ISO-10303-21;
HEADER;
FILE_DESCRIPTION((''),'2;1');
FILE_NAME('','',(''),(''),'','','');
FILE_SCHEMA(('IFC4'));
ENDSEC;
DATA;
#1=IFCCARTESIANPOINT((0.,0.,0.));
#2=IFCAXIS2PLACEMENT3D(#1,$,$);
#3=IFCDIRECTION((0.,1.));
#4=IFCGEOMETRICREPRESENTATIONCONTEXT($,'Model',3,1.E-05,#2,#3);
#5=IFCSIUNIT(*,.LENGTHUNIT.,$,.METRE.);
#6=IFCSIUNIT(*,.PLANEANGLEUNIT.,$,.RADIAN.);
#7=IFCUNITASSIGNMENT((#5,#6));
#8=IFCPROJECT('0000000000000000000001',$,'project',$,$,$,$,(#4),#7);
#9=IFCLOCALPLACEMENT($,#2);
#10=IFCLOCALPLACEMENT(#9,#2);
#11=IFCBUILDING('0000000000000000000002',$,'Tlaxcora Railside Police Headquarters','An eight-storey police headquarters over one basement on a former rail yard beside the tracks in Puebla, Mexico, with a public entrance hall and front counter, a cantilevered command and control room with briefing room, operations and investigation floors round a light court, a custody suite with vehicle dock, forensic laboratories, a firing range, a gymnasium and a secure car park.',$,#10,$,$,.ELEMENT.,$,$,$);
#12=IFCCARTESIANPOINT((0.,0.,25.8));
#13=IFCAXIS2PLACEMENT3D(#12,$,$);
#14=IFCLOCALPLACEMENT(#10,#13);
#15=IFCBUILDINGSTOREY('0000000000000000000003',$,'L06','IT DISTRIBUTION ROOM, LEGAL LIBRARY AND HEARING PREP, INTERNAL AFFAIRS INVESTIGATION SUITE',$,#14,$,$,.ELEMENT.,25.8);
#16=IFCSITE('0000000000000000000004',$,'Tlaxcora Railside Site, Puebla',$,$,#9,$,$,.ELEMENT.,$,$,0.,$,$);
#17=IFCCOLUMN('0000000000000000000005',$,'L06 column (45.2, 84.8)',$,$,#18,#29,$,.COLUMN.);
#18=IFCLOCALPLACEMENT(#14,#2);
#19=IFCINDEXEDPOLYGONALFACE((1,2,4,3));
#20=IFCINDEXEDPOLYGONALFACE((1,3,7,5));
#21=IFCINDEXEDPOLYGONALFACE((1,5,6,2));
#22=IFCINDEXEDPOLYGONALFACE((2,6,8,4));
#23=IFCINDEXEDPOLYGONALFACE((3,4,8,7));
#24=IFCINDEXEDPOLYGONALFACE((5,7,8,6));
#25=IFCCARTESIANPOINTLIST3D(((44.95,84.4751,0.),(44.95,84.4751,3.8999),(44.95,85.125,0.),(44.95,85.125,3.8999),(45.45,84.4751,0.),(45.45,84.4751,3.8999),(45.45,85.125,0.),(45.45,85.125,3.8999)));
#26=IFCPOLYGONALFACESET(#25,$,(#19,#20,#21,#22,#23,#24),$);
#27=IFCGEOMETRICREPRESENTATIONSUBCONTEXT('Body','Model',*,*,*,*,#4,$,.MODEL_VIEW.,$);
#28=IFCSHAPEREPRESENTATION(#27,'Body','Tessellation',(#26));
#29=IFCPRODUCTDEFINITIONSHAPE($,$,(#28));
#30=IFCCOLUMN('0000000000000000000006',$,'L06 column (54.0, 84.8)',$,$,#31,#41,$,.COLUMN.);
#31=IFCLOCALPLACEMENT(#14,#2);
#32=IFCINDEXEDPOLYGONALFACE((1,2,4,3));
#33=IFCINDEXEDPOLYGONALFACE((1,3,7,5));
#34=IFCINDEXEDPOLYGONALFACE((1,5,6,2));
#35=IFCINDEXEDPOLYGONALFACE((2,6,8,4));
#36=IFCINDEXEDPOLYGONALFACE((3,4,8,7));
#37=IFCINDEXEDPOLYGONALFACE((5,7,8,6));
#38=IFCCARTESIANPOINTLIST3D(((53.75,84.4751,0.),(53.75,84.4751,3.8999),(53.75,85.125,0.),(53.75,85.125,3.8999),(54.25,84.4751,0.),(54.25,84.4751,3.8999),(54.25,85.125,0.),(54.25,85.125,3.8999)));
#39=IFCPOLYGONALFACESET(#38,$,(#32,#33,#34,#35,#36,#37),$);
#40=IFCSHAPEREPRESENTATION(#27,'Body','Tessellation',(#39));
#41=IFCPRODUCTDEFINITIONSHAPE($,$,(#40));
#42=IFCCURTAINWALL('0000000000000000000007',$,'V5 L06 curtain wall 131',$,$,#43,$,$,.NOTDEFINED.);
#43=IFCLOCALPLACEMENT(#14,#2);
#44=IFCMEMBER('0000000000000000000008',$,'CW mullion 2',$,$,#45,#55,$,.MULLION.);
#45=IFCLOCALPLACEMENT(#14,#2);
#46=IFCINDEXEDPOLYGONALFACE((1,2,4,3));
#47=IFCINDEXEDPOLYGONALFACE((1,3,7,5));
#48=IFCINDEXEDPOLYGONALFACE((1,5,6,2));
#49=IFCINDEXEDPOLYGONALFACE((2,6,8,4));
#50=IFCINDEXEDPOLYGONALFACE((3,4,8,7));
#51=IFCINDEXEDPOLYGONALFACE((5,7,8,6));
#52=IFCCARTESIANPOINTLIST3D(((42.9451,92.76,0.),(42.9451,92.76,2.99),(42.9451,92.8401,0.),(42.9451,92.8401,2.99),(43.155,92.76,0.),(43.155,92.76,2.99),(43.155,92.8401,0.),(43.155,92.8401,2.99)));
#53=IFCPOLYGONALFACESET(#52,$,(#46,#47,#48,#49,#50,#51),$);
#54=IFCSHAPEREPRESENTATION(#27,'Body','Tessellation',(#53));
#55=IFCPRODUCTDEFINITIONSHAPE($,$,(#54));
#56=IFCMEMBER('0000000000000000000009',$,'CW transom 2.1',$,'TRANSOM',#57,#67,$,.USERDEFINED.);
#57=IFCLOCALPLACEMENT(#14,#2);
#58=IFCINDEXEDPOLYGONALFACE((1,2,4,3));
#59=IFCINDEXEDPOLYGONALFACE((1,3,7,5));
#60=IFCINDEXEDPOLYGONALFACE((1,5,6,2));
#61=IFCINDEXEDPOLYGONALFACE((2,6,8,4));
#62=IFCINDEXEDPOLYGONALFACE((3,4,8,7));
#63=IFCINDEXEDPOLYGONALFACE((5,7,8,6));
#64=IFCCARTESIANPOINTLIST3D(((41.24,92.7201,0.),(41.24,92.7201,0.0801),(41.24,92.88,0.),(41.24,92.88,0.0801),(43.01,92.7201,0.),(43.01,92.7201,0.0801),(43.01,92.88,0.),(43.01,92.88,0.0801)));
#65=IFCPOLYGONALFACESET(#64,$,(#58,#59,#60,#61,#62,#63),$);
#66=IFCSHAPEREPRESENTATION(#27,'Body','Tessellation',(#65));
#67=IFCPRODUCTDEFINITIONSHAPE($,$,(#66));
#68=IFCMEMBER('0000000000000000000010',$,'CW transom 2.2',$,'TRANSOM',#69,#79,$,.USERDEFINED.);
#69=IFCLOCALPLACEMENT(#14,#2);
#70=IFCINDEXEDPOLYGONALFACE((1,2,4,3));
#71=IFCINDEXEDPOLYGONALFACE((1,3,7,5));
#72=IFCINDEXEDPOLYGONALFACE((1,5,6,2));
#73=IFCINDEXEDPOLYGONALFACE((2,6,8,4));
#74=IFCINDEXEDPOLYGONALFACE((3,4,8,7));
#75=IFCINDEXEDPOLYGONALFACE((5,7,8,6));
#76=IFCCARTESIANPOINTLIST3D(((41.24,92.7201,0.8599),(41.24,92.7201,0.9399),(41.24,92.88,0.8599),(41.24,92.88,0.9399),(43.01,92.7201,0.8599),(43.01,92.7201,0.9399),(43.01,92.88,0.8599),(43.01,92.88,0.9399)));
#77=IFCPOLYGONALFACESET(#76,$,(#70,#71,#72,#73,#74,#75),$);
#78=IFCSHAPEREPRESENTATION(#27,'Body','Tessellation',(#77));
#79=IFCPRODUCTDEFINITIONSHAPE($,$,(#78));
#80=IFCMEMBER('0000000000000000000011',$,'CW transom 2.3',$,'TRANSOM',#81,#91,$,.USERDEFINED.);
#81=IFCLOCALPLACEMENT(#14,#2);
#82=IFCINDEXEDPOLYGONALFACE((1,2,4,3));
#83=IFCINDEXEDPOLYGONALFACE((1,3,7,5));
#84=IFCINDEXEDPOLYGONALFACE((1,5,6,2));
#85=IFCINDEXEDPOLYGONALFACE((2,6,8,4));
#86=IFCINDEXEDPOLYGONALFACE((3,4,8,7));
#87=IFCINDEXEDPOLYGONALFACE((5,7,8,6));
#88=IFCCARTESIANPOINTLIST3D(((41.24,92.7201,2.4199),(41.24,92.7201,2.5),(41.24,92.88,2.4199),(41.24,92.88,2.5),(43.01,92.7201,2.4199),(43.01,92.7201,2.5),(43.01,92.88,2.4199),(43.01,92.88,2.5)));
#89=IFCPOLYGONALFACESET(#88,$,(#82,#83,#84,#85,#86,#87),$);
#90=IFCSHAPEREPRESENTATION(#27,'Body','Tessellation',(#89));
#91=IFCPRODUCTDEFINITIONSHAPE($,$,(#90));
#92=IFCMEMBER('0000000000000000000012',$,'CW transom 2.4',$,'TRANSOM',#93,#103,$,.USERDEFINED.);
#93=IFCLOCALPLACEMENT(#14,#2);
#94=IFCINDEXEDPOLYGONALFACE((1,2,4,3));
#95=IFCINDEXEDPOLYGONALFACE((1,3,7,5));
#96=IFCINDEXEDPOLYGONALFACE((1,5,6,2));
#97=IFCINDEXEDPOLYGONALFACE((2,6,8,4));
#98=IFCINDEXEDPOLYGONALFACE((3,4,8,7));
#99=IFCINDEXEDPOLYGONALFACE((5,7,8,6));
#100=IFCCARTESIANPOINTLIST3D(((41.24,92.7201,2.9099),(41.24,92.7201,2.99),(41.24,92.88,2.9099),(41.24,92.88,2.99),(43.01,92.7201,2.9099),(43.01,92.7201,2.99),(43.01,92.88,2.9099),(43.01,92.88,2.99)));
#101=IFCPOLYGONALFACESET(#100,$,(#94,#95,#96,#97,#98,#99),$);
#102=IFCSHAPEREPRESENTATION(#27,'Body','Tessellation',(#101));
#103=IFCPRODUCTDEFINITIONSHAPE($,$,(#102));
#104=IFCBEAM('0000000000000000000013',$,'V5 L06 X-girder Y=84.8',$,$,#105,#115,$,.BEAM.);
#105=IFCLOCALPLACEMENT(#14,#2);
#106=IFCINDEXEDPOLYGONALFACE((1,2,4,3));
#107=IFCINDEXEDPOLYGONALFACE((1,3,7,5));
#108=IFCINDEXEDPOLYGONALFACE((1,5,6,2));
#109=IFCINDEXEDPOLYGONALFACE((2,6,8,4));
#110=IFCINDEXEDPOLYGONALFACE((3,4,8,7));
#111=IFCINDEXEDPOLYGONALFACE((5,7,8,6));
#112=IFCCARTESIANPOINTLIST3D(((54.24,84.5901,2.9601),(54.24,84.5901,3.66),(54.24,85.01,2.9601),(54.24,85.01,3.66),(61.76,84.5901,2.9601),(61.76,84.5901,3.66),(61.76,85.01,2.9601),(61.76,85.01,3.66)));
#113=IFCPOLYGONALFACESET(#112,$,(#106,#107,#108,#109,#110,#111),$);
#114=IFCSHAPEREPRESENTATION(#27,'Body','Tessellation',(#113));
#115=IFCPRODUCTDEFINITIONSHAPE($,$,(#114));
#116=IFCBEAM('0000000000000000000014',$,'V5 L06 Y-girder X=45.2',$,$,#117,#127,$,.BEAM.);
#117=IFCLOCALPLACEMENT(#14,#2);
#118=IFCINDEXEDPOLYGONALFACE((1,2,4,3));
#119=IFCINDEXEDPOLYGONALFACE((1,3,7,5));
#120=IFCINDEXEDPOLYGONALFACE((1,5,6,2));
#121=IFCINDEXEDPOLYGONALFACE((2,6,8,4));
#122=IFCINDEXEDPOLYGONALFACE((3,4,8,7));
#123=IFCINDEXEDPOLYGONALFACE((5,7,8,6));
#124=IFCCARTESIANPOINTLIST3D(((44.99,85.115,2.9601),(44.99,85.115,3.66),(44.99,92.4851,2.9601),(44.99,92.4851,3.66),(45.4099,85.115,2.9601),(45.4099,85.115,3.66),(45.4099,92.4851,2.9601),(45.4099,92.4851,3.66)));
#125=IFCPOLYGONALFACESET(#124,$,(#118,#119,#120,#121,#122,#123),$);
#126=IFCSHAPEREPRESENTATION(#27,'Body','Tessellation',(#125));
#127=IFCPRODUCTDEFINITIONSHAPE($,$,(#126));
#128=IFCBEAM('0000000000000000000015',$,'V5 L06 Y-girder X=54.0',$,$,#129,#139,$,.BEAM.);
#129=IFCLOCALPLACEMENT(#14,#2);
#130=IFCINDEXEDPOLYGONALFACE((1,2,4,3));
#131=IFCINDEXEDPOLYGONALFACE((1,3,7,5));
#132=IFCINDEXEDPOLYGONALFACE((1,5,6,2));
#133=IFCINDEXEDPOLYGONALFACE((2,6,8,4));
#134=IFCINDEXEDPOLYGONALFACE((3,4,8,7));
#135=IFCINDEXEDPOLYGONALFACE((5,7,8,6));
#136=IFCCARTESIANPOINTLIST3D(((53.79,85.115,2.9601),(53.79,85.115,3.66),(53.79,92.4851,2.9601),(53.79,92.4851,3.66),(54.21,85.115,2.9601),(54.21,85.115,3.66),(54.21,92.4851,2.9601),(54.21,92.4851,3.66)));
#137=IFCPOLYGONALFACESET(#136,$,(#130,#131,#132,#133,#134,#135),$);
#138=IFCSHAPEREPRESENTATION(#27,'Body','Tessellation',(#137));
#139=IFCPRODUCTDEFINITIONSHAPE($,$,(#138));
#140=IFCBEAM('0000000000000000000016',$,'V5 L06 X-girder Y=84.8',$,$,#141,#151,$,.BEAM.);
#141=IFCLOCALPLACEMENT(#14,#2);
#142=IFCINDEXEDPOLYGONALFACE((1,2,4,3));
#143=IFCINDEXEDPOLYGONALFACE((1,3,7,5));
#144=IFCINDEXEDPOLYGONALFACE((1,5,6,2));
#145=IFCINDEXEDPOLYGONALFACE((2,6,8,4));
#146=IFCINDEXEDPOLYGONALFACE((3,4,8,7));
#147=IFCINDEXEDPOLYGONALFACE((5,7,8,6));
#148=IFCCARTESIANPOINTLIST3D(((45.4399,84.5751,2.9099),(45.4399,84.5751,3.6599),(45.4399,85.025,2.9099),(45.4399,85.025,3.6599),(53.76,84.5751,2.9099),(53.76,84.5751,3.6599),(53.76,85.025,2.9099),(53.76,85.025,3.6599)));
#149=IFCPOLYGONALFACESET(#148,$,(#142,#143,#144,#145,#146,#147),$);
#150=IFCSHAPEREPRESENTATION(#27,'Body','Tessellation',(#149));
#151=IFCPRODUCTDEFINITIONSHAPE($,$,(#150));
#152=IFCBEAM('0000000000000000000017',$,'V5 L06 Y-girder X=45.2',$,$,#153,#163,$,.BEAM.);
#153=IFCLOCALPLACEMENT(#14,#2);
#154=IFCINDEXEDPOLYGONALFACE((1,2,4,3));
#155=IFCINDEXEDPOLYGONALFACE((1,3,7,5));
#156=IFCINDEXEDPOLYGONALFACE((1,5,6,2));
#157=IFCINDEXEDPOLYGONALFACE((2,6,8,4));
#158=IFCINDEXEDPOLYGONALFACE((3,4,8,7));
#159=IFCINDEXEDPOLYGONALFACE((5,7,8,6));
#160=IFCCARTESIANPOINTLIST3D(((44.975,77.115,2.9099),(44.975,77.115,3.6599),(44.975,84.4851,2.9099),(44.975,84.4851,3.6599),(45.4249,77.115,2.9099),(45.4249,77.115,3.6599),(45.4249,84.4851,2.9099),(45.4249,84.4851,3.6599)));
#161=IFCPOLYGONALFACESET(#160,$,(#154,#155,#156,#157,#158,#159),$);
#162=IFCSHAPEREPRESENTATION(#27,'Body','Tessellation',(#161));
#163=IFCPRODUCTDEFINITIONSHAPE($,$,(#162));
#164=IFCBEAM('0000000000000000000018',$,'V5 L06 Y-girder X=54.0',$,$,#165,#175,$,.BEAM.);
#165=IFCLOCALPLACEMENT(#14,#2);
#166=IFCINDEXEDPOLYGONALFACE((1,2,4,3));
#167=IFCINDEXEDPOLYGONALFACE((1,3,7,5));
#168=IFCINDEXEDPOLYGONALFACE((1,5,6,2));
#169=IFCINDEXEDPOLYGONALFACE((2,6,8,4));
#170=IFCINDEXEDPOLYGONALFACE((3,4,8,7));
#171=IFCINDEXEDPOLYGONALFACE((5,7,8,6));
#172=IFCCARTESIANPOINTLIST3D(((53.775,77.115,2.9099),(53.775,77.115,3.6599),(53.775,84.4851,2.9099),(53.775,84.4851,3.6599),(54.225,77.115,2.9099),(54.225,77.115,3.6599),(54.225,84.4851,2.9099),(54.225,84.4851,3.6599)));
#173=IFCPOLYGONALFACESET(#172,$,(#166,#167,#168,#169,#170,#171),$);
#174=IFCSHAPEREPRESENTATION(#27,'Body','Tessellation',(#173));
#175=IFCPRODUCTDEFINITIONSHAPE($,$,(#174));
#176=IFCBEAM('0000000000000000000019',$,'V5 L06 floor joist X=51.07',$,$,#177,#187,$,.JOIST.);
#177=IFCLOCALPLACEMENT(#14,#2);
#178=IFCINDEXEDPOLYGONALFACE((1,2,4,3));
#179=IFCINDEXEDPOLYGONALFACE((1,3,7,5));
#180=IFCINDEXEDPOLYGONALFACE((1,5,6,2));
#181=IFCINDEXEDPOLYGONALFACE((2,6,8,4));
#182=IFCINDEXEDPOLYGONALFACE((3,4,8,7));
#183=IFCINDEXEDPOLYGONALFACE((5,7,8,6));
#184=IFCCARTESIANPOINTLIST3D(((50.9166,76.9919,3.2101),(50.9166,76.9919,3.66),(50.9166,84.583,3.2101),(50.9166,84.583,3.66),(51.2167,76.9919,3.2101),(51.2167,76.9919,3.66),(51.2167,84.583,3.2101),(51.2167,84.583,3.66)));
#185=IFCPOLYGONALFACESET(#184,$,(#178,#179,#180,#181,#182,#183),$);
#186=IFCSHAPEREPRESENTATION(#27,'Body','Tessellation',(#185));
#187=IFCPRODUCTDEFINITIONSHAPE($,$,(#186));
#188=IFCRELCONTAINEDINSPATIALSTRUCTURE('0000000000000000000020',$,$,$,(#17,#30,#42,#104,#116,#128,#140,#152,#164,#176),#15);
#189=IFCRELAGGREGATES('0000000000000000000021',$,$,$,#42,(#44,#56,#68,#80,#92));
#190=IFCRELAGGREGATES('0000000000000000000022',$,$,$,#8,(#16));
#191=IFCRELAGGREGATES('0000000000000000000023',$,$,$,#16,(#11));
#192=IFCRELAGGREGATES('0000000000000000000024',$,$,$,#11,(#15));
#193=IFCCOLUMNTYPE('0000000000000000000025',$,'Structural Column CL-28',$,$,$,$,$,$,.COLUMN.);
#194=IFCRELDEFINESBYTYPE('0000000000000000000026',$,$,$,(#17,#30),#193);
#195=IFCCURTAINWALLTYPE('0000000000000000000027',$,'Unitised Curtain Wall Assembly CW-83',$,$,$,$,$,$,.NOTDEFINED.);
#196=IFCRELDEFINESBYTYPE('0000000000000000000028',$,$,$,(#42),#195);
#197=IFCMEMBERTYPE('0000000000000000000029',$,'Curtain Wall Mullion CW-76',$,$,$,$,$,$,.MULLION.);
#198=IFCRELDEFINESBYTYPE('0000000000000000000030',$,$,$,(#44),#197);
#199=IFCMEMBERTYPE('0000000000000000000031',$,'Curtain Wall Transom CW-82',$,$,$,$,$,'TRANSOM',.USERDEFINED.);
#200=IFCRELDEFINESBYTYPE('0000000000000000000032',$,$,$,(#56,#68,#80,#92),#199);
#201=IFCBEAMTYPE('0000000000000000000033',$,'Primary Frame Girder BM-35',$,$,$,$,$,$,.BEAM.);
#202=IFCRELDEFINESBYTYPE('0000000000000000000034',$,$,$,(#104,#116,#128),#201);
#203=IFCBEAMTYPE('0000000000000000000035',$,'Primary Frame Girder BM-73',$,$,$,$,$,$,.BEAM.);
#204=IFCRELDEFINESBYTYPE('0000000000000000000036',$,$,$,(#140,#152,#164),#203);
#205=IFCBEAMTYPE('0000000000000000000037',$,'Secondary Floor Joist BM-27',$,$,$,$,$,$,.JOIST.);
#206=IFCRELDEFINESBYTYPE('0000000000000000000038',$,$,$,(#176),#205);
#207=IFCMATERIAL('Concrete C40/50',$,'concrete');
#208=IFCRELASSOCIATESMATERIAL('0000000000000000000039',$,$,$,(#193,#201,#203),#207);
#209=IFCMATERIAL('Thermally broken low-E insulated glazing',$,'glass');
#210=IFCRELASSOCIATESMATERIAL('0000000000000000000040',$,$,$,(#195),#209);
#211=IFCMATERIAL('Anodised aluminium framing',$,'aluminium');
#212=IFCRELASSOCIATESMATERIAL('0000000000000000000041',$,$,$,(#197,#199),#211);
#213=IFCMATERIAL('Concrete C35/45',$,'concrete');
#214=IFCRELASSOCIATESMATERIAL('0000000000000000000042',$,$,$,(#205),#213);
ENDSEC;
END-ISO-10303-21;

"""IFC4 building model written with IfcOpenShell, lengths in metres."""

from ifc_helpers import new_model, si_unit, direction, frame, origin, origin_2d, place, context, subcontext, project, spatial, rectangle, extrude, material, material_profile, profile_set, type_object, element, aggregate, save


model = new_model("IFC4")

# Units and contexts
model_context = context("Model", 3, precision=1e-05, world=origin(), true_north=direction((0.0, 1.0)))
body_context = subcontext(model_context, "Body", "Model", "MODEL_VIEW")
ifc_project = project(units=[si_unit("LENGTHUNIT", "METRE"), si_unit("PLANEANGLEUNIT", "RADIAN")], contexts=[model_context])

# Site, building, storey
site_placement = place(None, origin())
site = spatial("IfcSite", under=ifc_project, at=site_placement, Name="Tlaxcora Railside Site, Puebla", CompositionType="ELEMENT", RefElevation=0.0)
building_placement = place(site_placement, origin())
building = spatial("IfcBuilding", under=site, at=building_placement, Name="Tlaxcora Railside Police Headquarters", Description="An eight-storey police headquarters over one basement on a former rail yard beside the tracks in Puebla, Mexico, with a public entrance hall and front counter, a cantilevered command and control room with briefing room, operations and investigation floors round a light court, a custody suite with vehicle dock, forensic laboratories, a firing range, a gymnasium and a secure car park.", CompositionType="ELEMENT")
storey_placement = place(building_placement, frame((0.0, 0.0, 25.8)))
storey = spatial("IfcBuildingStorey", under=building, at=storey_placement, Name="L06", Description="IT DISTRIBUTION ROOM, LEGAL LIBRARY AND HEARING PREP, INTERNAL AFFAIRS INVESTIGATION SUITE", CompositionType="ELEMENT", Elevation=25.8)

# Columns
ifc_material_1 = material(Name="Concrete C40/50", Category="concrete")
ifc_material_profile_1 = material_profile(ifc_material_1, rectangle(XDim=0.5, YDim=0.6499, at=origin_2d()), Name="RC500X650")
ifc_profile_set_1 = profile_set([ifc_material_profile_1], Name="Concrete C40/50")
column_type = type_object("IfcColumnType", Name="Structural Column CL-28", PredefinedType="COLUMN", material=ifc_profile_set_1)
for number, where, z_axis, x_axis, name in (
    (1, (45.2, 84.8, 0.0), (0.0, 0.0, 1.0), (1.0, 0.0, 0.0), "L06 column (45.2, 84.8)"),
    (2, (54.0, 84.8, 0.0), (0.0, 0.0, 1.0), (1.0, 0.0, 0.0), "L06 column (54.0, 84.8)"),
):
    element("IfcColumn", number, at=place(storey_placement, frame(where, z_axis=z_axis, x_axis=x_axis)), inside=storey, type_object=column_type, Name=name, PredefinedType="COLUMN", context=body_context, shape_type="SweptSolid", body=[
        extrude(rectangle(XDim=0.5, YDim=0.6499, at=origin_2d()), origin(), (0.0, 0.0, 1.0), 3.8999),
    ])

# Curtain wall, members
ifc_material_2 = material(Name="Thermally broken low-E insulated glazing", Category="glass")
curtain_wall_type = type_object("IfcCurtainWallType", Name="Unitised Curtain Wall Assembly CW-83", PredefinedType="NOTDEFINED", material=ifc_material_2)
curtain_wall_placement = place(storey_placement, origin())
curtain_wall = element("IfcCurtainWall", 3, at=curtain_wall_placement, inside=storey, type_object=curtain_wall_type, Name="V5 L06 curtain wall 131", PredefinedType="NOTDEFINED")
ifc_material_3 = material(Name="Anodised aluminium framing", Category="aluminium")
ifc_material_profile_2 = material_profile(ifc_material_3, rectangle(XDim=0.0801, YDim=0.21, at=origin_2d()), Name="AL80X210")
ifc_profile_set_2 = profile_set([ifc_material_profile_2], Name="Anodised aluminium framing")
member_type_1 = type_object("IfcMemberType", Name="Curtain Wall Mullion CW-76", PredefinedType="MULLION", material=ifc_profile_set_2)
member_1_placement = place(storey_placement, frame((43.05, 92.8, 0.0), z_axis=(0.0, 0.0, 1.0), x_axis=(0.0, -1.0, 0.0)))
member_1 = element("IfcMember", 4, at=member_1_placement, type_object=member_type_1, Name="CW mullion 2", PredefinedType="MULLION", context=body_context, shape_type="SweptSolid", body=[
    extrude(rectangle(XDim=0.0801, YDim=0.21, at=origin_2d()), origin(), (0.0, 0.0, 1.0), 2.99),
])
ifc_material_profile_3 = material_profile(ifc_material_3, rectangle(XDim=0.1599, YDim=0.0801, at=origin_2d()), Name="AL80X160")
ifc_profile_set_3 = profile_set([ifc_material_profile_3], Name="Anodised aluminium framing")
member_type_2 = type_object("IfcMemberType", Name="Curtain Wall Transom CW-82", ElementType="TRANSOM", PredefinedType="USERDEFINED", material=ifc_profile_set_3)
member_2_placement = place(storey_placement, frame((43.01, 92.8, 0.04), z_axis=(-1.0, 0.0, 0.0), x_axis=(0.0, -1.0, 0.0)))
member_2 = element("IfcMember", 5, at=member_2_placement, type_object=member_type_2, Name="CW transom 2.1", ObjectType="TRANSOM", PredefinedType="USERDEFINED", context=body_context, shape_type="SweptSolid", body=[
    extrude(rectangle(XDim=0.1599, YDim=0.0801, at=origin_2d()), origin(), (0.0, 0.0, 1.0), 1.77),
])
member_3_placement = place(storey_placement, frame((43.01, 92.8, 0.8999), z_axis=(-1.0, 0.0, 0.0), x_axis=(0.0, -1.0, 0.0)))
member_3 = element("IfcMember", 6, at=member_3_placement, type_object=member_type_2, Name="CW transom 2.2", ObjectType="TRANSOM", PredefinedType="USERDEFINED", context=body_context, shape_type="SweptSolid", body=[
    extrude(rectangle(XDim=0.1599, YDim=0.0801, at=origin_2d()), origin(), (0.0, 0.0, 1.0), 1.77),
])
member_4_placement = place(storey_placement, frame((43.01, 92.8, 2.46), z_axis=(-1.0, 0.0, 0.0), x_axis=(0.0, -1.0, 0.0)))
member_4 = element("IfcMember", 7, at=member_4_placement, type_object=member_type_2, Name="CW transom 2.3", ObjectType="TRANSOM", PredefinedType="USERDEFINED", context=body_context, shape_type="SweptSolid", body=[
    extrude(rectangle(XDim=0.1599, YDim=0.0801, at=origin_2d()), origin(), (0.0, 0.0, 1.0), 1.77),
])
member_5_placement = place(storey_placement, frame((43.01, 92.8, 2.95), z_axis=(-1.0, 0.0, 0.0), x_axis=(0.0, -1.0, 0.0)))
member_5 = element("IfcMember", 8, at=member_5_placement, type_object=member_type_2, Name="CW transom 2.4", ObjectType="TRANSOM", PredefinedType="USERDEFINED", context=body_context, shape_type="SweptSolid", body=[
    extrude(rectangle(XDim=0.1599, YDim=0.0801, at=origin_2d()), origin(), (0.0, 0.0, 1.0), 1.77),
])

# Beams
ifc_material_profile_4 = material_profile(ifc_material_1, rectangle(XDim=0.4199, YDim=0.7, at=origin_2d()), Name="RC420X700")
ifc_profile_set_4 = profile_set([ifc_material_profile_4], Name="Concrete C40/50")
beam_type_1 = type_object("IfcBeamType", Name="Primary Frame Girder BM-35", PredefinedType="BEAM", material=ifc_profile_set_4)
beam_1_placement = place(storey_placement, frame((54.24, 84.8, 3.3101), z_axis=(1.0, 0.0, 0.0), x_axis=(0.0, 1.0, 0.0)))
element("IfcBeam", 9, at=beam_1_placement, inside=storey, type_object=beam_type_1, Name="V5 L06 X-girder Y=84.8", PredefinedType="BEAM", context=body_context, shape_type="SweptSolid", body=[
    extrude(rectangle(XDim=0.4199, YDim=0.7, at=origin_2d()), origin(), (0.0, 0.0, 1.0), 7.52),
])
for number, where, z_axis, x_axis, name in (
    (10, (45.2, 85.115, 3.3101), (0.0, 1.0, 0.0), (-1.0, 0.0, 0.0), "V5 L06 Y-girder X=45.2"),
    (11, (54.0, 85.115, 3.3101), (0.0, 1.0, 0.0), (-1.0, 0.0, 0.0), "V5 L06 Y-girder X=54.0"),
):
    element("IfcBeam", number, at=place(storey_placement, frame(where, z_axis=z_axis, x_axis=x_axis)), inside=storey, type_object=beam_type_1, Name=name, PredefinedType="BEAM", context=body_context, shape_type="SweptSolid", body=[
        extrude(rectangle(XDim=0.4199, YDim=0.7, at=origin_2d()), origin(), (0.0, 0.0, 1.0), 7.3701),
    ])
ifc_material_profile_5 = material_profile(ifc_material_1, rectangle(XDim=0.45, YDim=0.75, at=origin_2d()), Name="RC450X750")
ifc_profile_set_5 = profile_set([ifc_material_profile_5], Name="Concrete C40/50")
beam_type_2 = type_object("IfcBeamType", Name="Primary Frame Girder BM-73", PredefinedType="BEAM", material=ifc_profile_set_5)
beam_2_placement = place(storey_placement, frame((45.4399, 84.8, 3.2849), z_axis=(1.0, 0.0, 0.0), x_axis=(0.0, 1.0, 0.0)))
element("IfcBeam", 12, at=beam_2_placement, inside=storey, type_object=beam_type_2, Name="V5 L06 X-girder Y=84.8", PredefinedType="BEAM", context=body_context, shape_type="SweptSolid", body=[
    extrude(rectangle(XDim=0.45, YDim=0.75, at=origin_2d()), origin(), (0.0, 0.0, 1.0), 8.3201),
])
for number, where, z_axis, x_axis, name in (
    (13, (45.2, 77.115, 3.2849), (0.0, 1.0, 0.0), (-1.0, 0.0, 0.0), "V5 L06 Y-girder X=45.2"),
    (14, (54.0, 77.115, 3.2849), (0.0, 1.0, 0.0), (-1.0, 0.0, 0.0), "V5 L06 Y-girder X=54.0"),
):
    element("IfcBeam", number, at=place(storey_placement, frame(where, z_axis=z_axis, x_axis=x_axis)), inside=storey, type_object=beam_type_2, Name=name, PredefinedType="BEAM", context=body_context, shape_type="SweptSolid", body=[
        extrude(rectangle(XDim=0.45, YDim=0.75, at=origin_2d()), origin(), (0.0, 0.0, 1.0), 7.3701),
    ])
ifc_material_4 = material(Name="Concrete C35/45", Category="concrete")
ifc_material_profile_6 = material_profile(ifc_material_4, rectangle(XDim=0.3, YDim=0.45, at=origin_2d()), Name="RC300X450")
ifc_profile_set_6 = profile_set([ifc_material_profile_6], Name="Concrete C35/45")
beam_type_3 = type_object("IfcBeamType", Name="Secondary Floor Joist BM-27", PredefinedType="JOIST", material=ifc_profile_set_6)
beam_3_placement = place(storey_placement, frame((51.0667, 76.9919, 3.4351), z_axis=(0.0, 1.0, 0.0), x_axis=(-1.0, 0.0, 0.0)))
element("IfcBeam", 15, at=beam_3_placement, inside=storey, type_object=beam_type_3, Name="V5 L06 floor joist X=51.07", PredefinedType="JOIST", context=body_context, shape_type="SweptSolid", body=[
    extrude(rectangle(XDim=0.3, YDim=0.45, at=origin_2d()), origin(), (0.0, 0.0, 1.0), 7.5911),
])

aggregate(curtain_wall, [member_1, member_2, member_3, member_4, member_5])

save(model, "model.ifc")
